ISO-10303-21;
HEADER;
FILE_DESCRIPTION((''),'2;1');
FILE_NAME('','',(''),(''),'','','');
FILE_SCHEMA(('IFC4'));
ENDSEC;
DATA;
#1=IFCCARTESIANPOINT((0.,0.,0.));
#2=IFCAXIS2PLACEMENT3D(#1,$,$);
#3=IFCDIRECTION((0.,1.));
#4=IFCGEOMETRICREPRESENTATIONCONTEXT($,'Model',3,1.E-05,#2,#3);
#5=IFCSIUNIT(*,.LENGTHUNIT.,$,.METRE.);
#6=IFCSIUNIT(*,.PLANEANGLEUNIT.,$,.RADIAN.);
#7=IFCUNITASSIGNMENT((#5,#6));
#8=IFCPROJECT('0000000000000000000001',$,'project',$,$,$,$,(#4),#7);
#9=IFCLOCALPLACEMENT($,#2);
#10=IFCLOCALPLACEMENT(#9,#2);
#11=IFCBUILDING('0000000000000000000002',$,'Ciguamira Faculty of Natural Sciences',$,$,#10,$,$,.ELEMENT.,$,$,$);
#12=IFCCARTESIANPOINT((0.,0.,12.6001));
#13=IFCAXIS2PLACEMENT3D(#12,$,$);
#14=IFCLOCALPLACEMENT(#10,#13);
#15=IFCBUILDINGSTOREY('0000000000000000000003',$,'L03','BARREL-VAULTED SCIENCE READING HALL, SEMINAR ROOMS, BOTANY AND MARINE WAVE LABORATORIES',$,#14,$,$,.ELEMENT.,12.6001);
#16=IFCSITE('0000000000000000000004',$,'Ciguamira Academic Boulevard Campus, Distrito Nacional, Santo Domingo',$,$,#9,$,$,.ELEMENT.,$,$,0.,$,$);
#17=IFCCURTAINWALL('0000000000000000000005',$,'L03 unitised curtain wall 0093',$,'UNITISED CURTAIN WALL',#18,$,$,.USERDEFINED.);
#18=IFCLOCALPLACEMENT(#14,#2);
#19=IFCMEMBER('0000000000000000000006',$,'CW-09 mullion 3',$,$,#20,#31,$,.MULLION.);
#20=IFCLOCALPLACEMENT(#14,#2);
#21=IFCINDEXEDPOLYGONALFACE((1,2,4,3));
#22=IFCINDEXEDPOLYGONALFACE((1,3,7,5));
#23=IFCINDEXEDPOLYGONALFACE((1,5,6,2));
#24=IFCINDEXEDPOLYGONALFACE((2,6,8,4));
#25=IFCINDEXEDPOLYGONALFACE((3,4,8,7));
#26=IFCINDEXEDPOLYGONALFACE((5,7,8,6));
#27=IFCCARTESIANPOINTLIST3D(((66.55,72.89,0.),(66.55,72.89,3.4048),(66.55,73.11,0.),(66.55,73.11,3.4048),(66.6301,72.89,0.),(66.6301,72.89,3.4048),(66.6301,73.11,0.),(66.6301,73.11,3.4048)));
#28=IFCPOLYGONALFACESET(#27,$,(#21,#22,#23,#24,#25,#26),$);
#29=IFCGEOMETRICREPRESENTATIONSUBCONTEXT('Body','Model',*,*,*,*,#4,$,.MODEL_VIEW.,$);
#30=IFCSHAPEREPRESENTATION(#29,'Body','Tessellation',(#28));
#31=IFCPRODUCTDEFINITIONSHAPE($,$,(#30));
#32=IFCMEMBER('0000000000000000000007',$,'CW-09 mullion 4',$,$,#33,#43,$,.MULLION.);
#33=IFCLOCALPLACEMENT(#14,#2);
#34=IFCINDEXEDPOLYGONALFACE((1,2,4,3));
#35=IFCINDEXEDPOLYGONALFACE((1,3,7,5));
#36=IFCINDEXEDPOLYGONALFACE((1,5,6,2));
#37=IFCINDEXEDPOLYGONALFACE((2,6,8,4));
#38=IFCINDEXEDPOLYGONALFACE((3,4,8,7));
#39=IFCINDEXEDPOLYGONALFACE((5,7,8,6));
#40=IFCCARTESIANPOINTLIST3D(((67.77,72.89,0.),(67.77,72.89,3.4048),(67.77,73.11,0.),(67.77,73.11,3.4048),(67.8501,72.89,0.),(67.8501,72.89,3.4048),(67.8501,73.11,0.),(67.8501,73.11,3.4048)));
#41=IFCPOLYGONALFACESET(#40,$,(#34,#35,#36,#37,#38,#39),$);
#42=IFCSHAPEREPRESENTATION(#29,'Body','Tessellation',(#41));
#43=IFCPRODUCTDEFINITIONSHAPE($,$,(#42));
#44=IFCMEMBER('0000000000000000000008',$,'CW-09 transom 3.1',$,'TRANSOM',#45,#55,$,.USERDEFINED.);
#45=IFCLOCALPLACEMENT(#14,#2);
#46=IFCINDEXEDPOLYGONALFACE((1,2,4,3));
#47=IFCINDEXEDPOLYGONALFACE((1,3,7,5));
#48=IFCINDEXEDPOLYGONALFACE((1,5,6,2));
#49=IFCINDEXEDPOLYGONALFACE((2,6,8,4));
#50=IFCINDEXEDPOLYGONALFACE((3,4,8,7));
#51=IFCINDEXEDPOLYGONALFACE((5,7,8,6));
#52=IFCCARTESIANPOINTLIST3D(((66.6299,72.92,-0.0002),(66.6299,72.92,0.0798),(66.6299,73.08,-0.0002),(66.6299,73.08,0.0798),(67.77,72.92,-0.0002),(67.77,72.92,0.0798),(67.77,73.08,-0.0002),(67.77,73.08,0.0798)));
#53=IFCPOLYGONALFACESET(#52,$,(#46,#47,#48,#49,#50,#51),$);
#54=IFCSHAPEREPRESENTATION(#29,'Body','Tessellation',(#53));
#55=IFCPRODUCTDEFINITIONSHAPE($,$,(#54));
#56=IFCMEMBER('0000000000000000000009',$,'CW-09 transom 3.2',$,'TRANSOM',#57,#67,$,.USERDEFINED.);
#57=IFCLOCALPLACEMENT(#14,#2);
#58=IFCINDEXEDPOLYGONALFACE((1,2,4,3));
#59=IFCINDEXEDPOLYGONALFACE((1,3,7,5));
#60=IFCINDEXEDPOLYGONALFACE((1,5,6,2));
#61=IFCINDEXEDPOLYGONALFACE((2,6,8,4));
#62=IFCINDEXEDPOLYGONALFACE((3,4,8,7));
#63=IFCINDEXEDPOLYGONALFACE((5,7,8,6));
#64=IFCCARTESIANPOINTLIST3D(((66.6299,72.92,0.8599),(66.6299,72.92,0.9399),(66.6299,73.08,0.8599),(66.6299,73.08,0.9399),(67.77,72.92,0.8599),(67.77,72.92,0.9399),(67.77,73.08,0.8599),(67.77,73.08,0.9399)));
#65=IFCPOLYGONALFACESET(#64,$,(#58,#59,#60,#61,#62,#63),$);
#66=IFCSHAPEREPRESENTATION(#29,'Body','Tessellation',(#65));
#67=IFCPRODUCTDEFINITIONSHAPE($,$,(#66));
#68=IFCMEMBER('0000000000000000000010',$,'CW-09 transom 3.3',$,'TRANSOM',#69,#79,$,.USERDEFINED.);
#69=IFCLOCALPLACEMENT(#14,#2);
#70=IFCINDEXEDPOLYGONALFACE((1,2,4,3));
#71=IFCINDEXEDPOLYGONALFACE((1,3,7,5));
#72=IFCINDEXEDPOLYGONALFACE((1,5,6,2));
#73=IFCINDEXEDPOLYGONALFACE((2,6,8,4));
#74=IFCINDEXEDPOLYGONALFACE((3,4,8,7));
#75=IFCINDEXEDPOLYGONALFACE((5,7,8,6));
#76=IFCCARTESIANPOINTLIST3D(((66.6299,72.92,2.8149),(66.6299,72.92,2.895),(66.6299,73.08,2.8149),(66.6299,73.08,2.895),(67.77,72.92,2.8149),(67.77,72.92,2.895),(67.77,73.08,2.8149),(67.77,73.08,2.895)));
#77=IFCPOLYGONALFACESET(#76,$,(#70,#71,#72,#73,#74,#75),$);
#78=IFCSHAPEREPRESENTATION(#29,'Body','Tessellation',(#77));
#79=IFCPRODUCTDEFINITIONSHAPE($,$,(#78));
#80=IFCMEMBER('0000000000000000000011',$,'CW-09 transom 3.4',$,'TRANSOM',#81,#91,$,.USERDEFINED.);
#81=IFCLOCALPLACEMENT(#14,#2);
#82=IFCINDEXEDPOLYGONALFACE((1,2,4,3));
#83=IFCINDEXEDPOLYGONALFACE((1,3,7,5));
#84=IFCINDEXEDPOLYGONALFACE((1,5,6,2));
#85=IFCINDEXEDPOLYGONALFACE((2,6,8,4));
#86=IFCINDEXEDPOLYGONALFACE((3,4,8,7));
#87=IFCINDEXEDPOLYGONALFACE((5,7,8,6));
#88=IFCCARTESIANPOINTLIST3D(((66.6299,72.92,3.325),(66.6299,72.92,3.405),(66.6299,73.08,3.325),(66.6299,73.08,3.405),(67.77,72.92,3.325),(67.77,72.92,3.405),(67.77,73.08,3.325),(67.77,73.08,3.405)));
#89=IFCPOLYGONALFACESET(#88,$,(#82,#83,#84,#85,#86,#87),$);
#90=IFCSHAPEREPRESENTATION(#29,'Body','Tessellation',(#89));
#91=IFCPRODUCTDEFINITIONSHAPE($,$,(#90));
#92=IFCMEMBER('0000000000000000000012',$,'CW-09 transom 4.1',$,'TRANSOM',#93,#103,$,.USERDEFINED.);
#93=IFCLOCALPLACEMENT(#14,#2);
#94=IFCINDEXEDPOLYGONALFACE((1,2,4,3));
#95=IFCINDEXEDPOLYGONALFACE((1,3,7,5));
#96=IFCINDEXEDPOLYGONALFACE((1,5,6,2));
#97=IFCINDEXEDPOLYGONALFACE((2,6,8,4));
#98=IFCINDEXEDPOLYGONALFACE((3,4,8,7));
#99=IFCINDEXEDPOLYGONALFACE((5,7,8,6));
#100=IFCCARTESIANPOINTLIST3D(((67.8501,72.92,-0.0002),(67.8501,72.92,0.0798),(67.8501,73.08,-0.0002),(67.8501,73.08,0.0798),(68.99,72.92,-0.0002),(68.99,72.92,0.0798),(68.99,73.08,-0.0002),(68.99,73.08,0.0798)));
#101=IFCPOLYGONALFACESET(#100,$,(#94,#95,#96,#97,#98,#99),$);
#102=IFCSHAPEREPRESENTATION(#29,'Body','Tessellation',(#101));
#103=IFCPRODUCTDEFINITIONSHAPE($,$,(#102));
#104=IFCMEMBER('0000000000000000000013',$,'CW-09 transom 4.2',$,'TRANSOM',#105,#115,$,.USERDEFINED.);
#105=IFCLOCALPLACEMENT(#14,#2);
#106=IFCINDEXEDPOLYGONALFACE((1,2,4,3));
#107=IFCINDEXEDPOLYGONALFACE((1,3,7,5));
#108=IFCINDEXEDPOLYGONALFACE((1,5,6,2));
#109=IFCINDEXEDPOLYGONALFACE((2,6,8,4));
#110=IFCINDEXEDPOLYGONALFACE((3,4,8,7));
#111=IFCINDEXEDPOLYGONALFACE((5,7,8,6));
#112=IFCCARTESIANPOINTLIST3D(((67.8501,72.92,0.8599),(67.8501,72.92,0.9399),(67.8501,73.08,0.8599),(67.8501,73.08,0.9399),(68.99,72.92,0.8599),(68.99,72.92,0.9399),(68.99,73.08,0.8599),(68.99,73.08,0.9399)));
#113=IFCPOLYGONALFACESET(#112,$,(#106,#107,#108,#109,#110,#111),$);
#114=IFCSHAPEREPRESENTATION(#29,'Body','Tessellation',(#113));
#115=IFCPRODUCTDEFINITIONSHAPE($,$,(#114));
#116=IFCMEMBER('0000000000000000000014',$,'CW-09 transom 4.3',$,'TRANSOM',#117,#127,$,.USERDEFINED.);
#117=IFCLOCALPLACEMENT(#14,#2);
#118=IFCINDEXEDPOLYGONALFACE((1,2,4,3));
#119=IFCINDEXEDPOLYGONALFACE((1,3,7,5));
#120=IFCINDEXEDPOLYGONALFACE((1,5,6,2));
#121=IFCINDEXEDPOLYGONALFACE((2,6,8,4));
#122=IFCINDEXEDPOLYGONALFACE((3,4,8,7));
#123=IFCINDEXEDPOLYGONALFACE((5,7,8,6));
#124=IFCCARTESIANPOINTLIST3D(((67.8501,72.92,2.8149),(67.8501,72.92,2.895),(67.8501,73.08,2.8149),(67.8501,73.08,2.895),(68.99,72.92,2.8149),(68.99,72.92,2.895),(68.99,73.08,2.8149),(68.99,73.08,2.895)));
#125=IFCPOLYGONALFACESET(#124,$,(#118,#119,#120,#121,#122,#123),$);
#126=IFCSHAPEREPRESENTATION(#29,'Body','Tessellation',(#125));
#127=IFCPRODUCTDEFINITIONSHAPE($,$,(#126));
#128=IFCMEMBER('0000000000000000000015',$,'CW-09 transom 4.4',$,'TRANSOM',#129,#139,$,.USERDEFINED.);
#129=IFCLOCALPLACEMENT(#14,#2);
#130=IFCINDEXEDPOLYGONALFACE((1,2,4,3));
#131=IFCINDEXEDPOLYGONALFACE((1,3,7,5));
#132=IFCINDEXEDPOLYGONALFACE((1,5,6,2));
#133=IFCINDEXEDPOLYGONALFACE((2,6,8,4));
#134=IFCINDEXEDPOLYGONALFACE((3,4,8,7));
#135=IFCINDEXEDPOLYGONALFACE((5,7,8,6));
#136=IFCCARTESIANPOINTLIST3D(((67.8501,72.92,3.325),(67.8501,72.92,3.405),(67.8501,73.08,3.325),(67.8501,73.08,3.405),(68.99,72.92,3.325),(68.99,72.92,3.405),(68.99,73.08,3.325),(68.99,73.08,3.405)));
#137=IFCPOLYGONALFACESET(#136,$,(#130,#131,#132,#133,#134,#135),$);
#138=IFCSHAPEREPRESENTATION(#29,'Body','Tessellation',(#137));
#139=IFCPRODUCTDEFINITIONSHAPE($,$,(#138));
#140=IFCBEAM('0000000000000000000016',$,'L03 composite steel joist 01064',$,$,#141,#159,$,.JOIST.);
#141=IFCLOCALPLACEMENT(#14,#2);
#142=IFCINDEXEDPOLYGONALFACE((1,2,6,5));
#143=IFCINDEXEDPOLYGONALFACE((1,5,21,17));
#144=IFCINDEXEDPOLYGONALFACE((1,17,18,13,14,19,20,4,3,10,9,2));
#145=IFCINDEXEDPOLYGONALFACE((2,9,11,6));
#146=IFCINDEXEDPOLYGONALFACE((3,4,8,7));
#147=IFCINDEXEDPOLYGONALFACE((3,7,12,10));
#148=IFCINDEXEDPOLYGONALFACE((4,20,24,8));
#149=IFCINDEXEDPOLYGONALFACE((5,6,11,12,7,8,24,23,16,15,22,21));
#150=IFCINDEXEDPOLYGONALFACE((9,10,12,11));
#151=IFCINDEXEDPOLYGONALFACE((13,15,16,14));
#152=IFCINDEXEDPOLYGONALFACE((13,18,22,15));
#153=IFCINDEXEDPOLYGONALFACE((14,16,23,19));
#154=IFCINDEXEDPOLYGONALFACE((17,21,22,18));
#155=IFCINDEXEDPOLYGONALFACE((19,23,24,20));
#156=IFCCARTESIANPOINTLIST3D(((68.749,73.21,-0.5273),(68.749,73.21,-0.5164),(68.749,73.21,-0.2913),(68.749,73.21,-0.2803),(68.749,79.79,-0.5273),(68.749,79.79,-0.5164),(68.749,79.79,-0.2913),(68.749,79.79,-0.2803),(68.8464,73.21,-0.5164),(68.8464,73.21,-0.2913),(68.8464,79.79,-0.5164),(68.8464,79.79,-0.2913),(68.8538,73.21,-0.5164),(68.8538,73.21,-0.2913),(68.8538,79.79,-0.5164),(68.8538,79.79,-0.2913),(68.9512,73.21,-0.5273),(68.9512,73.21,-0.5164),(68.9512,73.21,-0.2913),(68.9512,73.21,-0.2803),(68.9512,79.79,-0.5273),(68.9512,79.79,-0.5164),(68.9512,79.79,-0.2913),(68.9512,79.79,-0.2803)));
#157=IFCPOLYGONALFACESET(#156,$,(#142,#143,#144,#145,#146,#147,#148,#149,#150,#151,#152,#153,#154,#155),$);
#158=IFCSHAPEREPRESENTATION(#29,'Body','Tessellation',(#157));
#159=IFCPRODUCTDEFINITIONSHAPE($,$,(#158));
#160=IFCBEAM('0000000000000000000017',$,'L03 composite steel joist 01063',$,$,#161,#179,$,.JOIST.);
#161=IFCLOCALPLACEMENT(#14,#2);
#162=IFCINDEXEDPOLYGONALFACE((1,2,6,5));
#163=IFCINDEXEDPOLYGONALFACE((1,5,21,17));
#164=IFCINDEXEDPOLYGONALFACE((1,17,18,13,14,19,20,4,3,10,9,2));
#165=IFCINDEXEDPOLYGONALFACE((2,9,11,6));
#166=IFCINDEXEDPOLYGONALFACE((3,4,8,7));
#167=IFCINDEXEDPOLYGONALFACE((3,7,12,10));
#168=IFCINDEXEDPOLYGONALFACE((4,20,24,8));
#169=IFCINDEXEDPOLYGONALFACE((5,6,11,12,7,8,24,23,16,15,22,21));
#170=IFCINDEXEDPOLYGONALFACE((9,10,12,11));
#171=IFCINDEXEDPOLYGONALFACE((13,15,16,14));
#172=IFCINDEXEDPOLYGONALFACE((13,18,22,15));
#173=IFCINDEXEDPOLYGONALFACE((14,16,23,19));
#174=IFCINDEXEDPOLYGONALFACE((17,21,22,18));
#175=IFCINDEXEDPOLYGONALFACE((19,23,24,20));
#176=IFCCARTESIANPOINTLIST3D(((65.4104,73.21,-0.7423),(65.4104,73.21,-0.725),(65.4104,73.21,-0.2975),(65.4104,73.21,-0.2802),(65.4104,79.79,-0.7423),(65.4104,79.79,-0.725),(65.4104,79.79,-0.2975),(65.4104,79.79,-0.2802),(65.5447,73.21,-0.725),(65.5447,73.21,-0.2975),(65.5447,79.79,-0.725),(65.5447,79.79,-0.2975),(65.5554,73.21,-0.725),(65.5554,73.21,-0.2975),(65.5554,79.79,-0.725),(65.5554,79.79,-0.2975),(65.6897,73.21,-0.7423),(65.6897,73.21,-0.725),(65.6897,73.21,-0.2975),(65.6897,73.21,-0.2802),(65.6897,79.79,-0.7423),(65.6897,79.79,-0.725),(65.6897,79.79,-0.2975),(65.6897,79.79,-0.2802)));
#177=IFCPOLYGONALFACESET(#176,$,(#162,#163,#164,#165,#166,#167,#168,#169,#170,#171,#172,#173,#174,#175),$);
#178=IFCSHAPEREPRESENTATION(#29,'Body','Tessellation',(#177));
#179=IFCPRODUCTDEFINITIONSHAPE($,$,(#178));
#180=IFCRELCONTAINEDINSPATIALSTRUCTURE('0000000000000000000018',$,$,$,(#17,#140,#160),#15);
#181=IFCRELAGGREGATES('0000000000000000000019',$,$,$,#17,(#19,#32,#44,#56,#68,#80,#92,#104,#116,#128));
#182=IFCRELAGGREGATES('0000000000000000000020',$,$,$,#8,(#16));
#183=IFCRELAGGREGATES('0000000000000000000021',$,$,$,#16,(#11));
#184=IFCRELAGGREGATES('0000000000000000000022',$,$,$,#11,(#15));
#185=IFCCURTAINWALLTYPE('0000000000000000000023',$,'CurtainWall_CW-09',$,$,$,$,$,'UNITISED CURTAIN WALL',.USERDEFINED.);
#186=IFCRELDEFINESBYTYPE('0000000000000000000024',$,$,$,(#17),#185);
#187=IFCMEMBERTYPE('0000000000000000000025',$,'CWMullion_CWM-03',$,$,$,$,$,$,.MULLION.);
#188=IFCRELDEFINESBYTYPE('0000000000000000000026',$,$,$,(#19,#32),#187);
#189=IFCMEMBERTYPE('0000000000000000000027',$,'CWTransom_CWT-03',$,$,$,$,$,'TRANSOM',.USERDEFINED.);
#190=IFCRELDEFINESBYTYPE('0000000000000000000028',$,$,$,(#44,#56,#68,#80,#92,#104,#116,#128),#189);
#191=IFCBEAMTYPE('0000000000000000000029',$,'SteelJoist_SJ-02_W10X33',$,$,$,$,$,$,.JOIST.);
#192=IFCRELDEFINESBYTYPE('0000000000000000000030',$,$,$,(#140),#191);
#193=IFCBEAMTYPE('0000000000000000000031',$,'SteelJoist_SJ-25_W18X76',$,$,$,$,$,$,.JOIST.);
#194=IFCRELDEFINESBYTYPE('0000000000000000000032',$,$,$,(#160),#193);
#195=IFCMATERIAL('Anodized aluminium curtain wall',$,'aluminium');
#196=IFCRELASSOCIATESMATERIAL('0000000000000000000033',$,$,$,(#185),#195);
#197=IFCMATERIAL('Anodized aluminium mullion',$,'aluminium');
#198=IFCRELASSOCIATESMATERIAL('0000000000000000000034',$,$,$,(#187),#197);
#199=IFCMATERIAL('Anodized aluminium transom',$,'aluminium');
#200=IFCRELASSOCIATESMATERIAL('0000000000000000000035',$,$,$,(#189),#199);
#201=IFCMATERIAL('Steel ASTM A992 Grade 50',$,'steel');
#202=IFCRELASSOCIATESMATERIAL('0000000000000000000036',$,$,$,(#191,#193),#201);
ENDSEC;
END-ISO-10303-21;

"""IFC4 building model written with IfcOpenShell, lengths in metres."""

from ifc_helpers import new_model, si_unit, direction, frame, origin, origin_2d, place, context, subcontext, project, spatial, rectangle, i_section, extrude, material, material_profile, profile_set, type_object, element, aggregate, save


model = new_model("IFC4")

# Units and contexts
model_context = context("Model", 3, precision=1e-05, world=origin(), true_north=direction((0.0, 1.0)))
body_context = subcontext(model_context, "Body", "Model", "MODEL_VIEW")
ifc_project = project(units=[si_unit("LENGTHUNIT", "METRE"), si_unit("PLANEANGLEUNIT", "RADIAN")], contexts=[model_context])

# Site, building, storey
site_placement = place(None, origin())
site = spatial("IfcSite", under=ifc_project, at=site_placement, Name="Ciguamira Academic Boulevard Campus, Distrito Nacional, Santo Domingo", CompositionType="ELEMENT", RefElevation=0.0)
building_placement = place(site_placement, origin())
building = spatial("IfcBuilding", under=site, at=building_placement, Name="Ciguamira Faculty of Natural Sciences", CompositionType="ELEMENT")
storey_placement = place(building_placement, frame((0.0, 0.0, 12.6001)))
storey = spatial("IfcBuildingStorey", under=building, at=storey_placement, Name="L03", Description="BARREL-VAULTED SCIENCE READING HALL, SEMINAR ROOMS, BOTANY AND MARINE WAVE LABORATORIES", CompositionType="ELEMENT", Elevation=12.6001)

# Curtain wall, members
ifc_material_1 = material(Name="Anodized aluminium curtain wall", Category="aluminium")
curtain_wall_type = type_object("IfcCurtainWallType", Name="CurtainWall_CW-09", ElementType="UNITISED CURTAIN WALL", PredefinedType="USERDEFINED", material=ifc_material_1)
curtain_wall_placement = place(storey_placement, origin())
curtain_wall = element("IfcCurtainWall", 1, at=curtain_wall_placement, inside=storey, type_object=curtain_wall_type, Name="L03 unitised curtain wall 0093", ObjectType="UNITISED CURTAIN WALL", PredefinedType="USERDEFINED")
ifc_material_2 = material(Name="Anodized aluminium mullion", Category="aluminium")
ifc_material_profile_1 = material_profile(ifc_material_2, rectangle(XDim=0.0801, YDim=0.22, at=origin_2d()), Name="ALU-MUL-80X220")
ifc_profile_set_1 = profile_set([ifc_material_profile_1], Name="Anodized aluminium mullion")
member_type_1 = type_object("IfcMemberType", Name="CWMullion_CWM-03", PredefinedType="MULLION", material=ifc_profile_set_1)
member_1_placement = place(storey_placement, frame((66.5901, 73.0, 0.0), z_axis=(0.0, 0.0, 1.0), x_axis=(1.0, 0.0, 0.0)))
member_1 = element("IfcMember", 2, at=member_1_placement, type_object=member_type_1, Name="CW-09 mullion 3", PredefinedType="MULLION", context=body_context, shape_type="SweptSolid", body=[
    extrude(rectangle(XDim=0.0801, YDim=0.22, at=origin_2d()), origin(), (0.0, 0.0, 1.0), 3.4048),
])
member_2_placement = place(storey_placement, frame((67.8101, 73.0, 0.0), z_axis=(0.0, 0.0, 1.0), x_axis=(1.0, 0.0, 0.0)))
member_2 = element("IfcMember", 3, at=member_2_placement, type_object=member_type_1, Name="CW-09 mullion 4", PredefinedType="MULLION", context=body_context, shape_type="SweptSolid", body=[
    extrude(rectangle(XDim=0.0801, YDim=0.22, at=origin_2d()), origin(), (0.0, 0.0, 1.0), 3.4048),
])
ifc_material_3 = material(Name="Anodized aluminium transom", Category="aluminium")
ifc_material_profile_2 = material_profile(ifc_material_3, rectangle(XDim=0.0801, YDim=0.1599, at=origin_2d()), Name="ALU-TRN-80X160")
ifc_profile_set_2 = profile_set([ifc_material_profile_2], Name="Anodized aluminium transom")
member_type_2 = type_object("IfcMemberType", Name="CWTransom_CWT-03", ElementType="TRANSOM", PredefinedType="USERDEFINED", material=ifc_profile_set_2)
member_3_placement = place(storey_placement, frame((66.6299, 73.0, 0.0398), z_axis=(1.0, 0.0, 0.0), x_axis=(0.0, 0.0, 1.0)))
member_3 = element("IfcMember", 4, at=member_3_placement, type_object=member_type_2, Name="CW-09 transom 3.1", ObjectType="TRANSOM", PredefinedType="USERDEFINED", context=body_context, shape_type="SweptSolid", body=[
    extrude(rectangle(XDim=0.0801, YDim=0.1599, at=origin_2d()), origin(), (0.0, 0.0, 1.0), 1.1401),
])
member_4_placement = place(storey_placement, frame((66.6299, 73.0, 0.8999), z_axis=(1.0, 0.0, 0.0), x_axis=(0.0, 0.0, 1.0)))
member_4 = element("IfcMember", 5, at=member_4_placement, type_object=member_type_2, Name="CW-09 transom 3.2", ObjectType="TRANSOM", PredefinedType="USERDEFINED", context=body_context, shape_type="SweptSolid", body=[
    extrude(rectangle(XDim=0.0801, YDim=0.1599, at=origin_2d()), origin(), (0.0, 0.0, 1.0), 1.1401),
])
member_5_placement = place(storey_placement, frame((66.6299, 73.0, 2.855), z_axis=(1.0, 0.0, 0.0), x_axis=(0.0, 0.0, 1.0)))
member_5 = element("IfcMember", 6, at=member_5_placement, type_object=member_type_2, Name="CW-09 transom 3.3", ObjectType="TRANSOM", PredefinedType="USERDEFINED", context=body_context, shape_type="SweptSolid", body=[
    extrude(rectangle(XDim=0.0801, YDim=0.1599, at=origin_2d()), origin(), (0.0, 0.0, 1.0), 1.1401),
])
member_6_placement = place(storey_placement, frame((66.6299, 73.0, 3.365), z_axis=(1.0, 0.0, 0.0), x_axis=(0.0, 0.0, 1.0)))
member_6 = element("IfcMember", 7, at=member_6_placement, type_object=member_type_2, Name="CW-09 transom 3.4", ObjectType="TRANSOM", PredefinedType="USERDEFINED", context=body_context, shape_type="SweptSolid", body=[
    extrude(rectangle(XDim=0.0801, YDim=0.1599, at=origin_2d()), origin(), (0.0, 0.0, 1.0), 1.1401),
])
member_7_placement = place(storey_placement, frame((67.8501, 73.0, 0.0398), z_axis=(1.0, 0.0, 0.0), x_axis=(0.0, 0.0, 1.0)))
member_7 = element("IfcMember", 8, at=member_7_placement, type_object=member_type_2, Name="CW-09 transom 4.1", ObjectType="TRANSOM", PredefinedType="USERDEFINED", context=body_context, shape_type="SweptSolid", body=[
    extrude(rectangle(XDim=0.0801, YDim=0.1599, at=origin_2d()), origin(), (0.0, 0.0, 1.0), 1.1399),
])
member_8_placement = place(storey_placement, frame((67.8501, 73.0, 0.8999), z_axis=(1.0, 0.0, 0.0), x_axis=(0.0, 0.0, 1.0)))
member_8 = element("IfcMember", 9, at=member_8_placement, type_object=member_type_2, Name="CW-09 transom 4.2", ObjectType="TRANSOM", PredefinedType="USERDEFINED", context=body_context, shape_type="SweptSolid", body=[
    extrude(rectangle(XDim=0.0801, YDim=0.1599, at=origin_2d()), origin(), (0.0, 0.0, 1.0), 1.1399),
])
member_9_placement = place(storey_placement, frame((67.8501, 73.0, 2.855), z_axis=(1.0, 0.0, 0.0), x_axis=(0.0, 0.0, 1.0)))
member_9 = element("IfcMember", 10, at=member_9_placement, type_object=member_type_2, Name="CW-09 transom 4.3", ObjectType="TRANSOM", PredefinedType="USERDEFINED", context=body_context, shape_type="SweptSolid", body=[
    extrude(rectangle(XDim=0.0801, YDim=0.1599, at=origin_2d()), origin(), (0.0, 0.0, 1.0), 1.1399),
])
member_10_placement = place(storey_placement, frame((67.8501, 73.0, 3.365), z_axis=(1.0, 0.0, 0.0), x_axis=(0.0, 0.0, 1.0)))
member_10 = element("IfcMember", 11, at=member_10_placement, type_object=member_type_2, Name="CW-09 transom 4.4", ObjectType="TRANSOM", PredefinedType="USERDEFINED", context=body_context, shape_type="SweptSolid", body=[
    extrude(rectangle(XDim=0.0801, YDim=0.1599, at=origin_2d()), origin(), (0.0, 0.0, 1.0), 1.1399),
])

# Beams
ifc_material_4 = material(Name="Steel ASTM A992 Grade 50", Category="steel")
ifc_material_profile_3 = material_profile(ifc_material_4, i_section(OverallWidth=0.2021, OverallDepth=0.2471, WebThickness=0.0073, FlangeThickness=0.011, at=origin_2d()), Name="W10X33")
ifc_profile_set_3 = profile_set([ifc_material_profile_3], Name="Steel ASTM A992 Grade 50")
beam_type_1 = type_object("IfcBeamType", Name="SteelJoist_SJ-02_W10X33", PredefinedType="JOIST", material=ifc_profile_set_3)
beam_1_placement = place(storey_placement, frame((68.8501, 73.21, -0.4038), z_axis=(0.0, 1.0, 0.0), x_axis=(-1.0, 0.0, 0.0)))
element("IfcBeam", 12, at=beam_1_placement, inside=storey, type_object=beam_type_1, Name="L03 composite steel joist 01064", PredefinedType="JOIST", context=body_context, shape_type="SweptSolid", body=[
    extrude(i_section(OverallWidth=0.2021, OverallDepth=0.2471, WebThickness=0.0073, FlangeThickness=0.011, at=origin_2d()), origin(), (0.0, 0.0, 1.0), 6.5801),
])
ifc_material_profile_4 = material_profile(ifc_material_4, i_section(OverallWidth=0.2793, OverallDepth=0.4622, WebThickness=0.0107, FlangeThickness=0.0173, at=origin_2d()), Name="W18X76")
ifc_profile_set_4 = profile_set([ifc_material_profile_4], Name="Steel ASTM A992 Grade 50")
beam_type_2 = type_object("IfcBeamType", Name="SteelJoist_SJ-25_W18X76", PredefinedType="JOIST", material=ifc_profile_set_4)
beam_2_placement = place(storey_placement, frame((65.55, 73.21, -0.5112), z_axis=(0.0, 1.0, 0.0), x_axis=(-1.0, 0.0, 0.0)))
element("IfcBeam", 13, at=beam_2_placement, inside=storey, type_object=beam_type_2, Name="L03 composite steel joist 01063", PredefinedType="JOIST", context=body_context, shape_type="SweptSolid", body=[
    extrude(i_section(OverallWidth=0.2793, OverallDepth=0.4622, WebThickness=0.0107, FlangeThickness=0.0173, at=origin_2d()), origin(), (0.0, 0.0, 1.0), 6.5801),
])

aggregate(curtain_wall, [member_1, member_2, member_3, member_4, member_5, member_6, member_7, member_8, member_9, member_10])

save(model, "model.ifc")
